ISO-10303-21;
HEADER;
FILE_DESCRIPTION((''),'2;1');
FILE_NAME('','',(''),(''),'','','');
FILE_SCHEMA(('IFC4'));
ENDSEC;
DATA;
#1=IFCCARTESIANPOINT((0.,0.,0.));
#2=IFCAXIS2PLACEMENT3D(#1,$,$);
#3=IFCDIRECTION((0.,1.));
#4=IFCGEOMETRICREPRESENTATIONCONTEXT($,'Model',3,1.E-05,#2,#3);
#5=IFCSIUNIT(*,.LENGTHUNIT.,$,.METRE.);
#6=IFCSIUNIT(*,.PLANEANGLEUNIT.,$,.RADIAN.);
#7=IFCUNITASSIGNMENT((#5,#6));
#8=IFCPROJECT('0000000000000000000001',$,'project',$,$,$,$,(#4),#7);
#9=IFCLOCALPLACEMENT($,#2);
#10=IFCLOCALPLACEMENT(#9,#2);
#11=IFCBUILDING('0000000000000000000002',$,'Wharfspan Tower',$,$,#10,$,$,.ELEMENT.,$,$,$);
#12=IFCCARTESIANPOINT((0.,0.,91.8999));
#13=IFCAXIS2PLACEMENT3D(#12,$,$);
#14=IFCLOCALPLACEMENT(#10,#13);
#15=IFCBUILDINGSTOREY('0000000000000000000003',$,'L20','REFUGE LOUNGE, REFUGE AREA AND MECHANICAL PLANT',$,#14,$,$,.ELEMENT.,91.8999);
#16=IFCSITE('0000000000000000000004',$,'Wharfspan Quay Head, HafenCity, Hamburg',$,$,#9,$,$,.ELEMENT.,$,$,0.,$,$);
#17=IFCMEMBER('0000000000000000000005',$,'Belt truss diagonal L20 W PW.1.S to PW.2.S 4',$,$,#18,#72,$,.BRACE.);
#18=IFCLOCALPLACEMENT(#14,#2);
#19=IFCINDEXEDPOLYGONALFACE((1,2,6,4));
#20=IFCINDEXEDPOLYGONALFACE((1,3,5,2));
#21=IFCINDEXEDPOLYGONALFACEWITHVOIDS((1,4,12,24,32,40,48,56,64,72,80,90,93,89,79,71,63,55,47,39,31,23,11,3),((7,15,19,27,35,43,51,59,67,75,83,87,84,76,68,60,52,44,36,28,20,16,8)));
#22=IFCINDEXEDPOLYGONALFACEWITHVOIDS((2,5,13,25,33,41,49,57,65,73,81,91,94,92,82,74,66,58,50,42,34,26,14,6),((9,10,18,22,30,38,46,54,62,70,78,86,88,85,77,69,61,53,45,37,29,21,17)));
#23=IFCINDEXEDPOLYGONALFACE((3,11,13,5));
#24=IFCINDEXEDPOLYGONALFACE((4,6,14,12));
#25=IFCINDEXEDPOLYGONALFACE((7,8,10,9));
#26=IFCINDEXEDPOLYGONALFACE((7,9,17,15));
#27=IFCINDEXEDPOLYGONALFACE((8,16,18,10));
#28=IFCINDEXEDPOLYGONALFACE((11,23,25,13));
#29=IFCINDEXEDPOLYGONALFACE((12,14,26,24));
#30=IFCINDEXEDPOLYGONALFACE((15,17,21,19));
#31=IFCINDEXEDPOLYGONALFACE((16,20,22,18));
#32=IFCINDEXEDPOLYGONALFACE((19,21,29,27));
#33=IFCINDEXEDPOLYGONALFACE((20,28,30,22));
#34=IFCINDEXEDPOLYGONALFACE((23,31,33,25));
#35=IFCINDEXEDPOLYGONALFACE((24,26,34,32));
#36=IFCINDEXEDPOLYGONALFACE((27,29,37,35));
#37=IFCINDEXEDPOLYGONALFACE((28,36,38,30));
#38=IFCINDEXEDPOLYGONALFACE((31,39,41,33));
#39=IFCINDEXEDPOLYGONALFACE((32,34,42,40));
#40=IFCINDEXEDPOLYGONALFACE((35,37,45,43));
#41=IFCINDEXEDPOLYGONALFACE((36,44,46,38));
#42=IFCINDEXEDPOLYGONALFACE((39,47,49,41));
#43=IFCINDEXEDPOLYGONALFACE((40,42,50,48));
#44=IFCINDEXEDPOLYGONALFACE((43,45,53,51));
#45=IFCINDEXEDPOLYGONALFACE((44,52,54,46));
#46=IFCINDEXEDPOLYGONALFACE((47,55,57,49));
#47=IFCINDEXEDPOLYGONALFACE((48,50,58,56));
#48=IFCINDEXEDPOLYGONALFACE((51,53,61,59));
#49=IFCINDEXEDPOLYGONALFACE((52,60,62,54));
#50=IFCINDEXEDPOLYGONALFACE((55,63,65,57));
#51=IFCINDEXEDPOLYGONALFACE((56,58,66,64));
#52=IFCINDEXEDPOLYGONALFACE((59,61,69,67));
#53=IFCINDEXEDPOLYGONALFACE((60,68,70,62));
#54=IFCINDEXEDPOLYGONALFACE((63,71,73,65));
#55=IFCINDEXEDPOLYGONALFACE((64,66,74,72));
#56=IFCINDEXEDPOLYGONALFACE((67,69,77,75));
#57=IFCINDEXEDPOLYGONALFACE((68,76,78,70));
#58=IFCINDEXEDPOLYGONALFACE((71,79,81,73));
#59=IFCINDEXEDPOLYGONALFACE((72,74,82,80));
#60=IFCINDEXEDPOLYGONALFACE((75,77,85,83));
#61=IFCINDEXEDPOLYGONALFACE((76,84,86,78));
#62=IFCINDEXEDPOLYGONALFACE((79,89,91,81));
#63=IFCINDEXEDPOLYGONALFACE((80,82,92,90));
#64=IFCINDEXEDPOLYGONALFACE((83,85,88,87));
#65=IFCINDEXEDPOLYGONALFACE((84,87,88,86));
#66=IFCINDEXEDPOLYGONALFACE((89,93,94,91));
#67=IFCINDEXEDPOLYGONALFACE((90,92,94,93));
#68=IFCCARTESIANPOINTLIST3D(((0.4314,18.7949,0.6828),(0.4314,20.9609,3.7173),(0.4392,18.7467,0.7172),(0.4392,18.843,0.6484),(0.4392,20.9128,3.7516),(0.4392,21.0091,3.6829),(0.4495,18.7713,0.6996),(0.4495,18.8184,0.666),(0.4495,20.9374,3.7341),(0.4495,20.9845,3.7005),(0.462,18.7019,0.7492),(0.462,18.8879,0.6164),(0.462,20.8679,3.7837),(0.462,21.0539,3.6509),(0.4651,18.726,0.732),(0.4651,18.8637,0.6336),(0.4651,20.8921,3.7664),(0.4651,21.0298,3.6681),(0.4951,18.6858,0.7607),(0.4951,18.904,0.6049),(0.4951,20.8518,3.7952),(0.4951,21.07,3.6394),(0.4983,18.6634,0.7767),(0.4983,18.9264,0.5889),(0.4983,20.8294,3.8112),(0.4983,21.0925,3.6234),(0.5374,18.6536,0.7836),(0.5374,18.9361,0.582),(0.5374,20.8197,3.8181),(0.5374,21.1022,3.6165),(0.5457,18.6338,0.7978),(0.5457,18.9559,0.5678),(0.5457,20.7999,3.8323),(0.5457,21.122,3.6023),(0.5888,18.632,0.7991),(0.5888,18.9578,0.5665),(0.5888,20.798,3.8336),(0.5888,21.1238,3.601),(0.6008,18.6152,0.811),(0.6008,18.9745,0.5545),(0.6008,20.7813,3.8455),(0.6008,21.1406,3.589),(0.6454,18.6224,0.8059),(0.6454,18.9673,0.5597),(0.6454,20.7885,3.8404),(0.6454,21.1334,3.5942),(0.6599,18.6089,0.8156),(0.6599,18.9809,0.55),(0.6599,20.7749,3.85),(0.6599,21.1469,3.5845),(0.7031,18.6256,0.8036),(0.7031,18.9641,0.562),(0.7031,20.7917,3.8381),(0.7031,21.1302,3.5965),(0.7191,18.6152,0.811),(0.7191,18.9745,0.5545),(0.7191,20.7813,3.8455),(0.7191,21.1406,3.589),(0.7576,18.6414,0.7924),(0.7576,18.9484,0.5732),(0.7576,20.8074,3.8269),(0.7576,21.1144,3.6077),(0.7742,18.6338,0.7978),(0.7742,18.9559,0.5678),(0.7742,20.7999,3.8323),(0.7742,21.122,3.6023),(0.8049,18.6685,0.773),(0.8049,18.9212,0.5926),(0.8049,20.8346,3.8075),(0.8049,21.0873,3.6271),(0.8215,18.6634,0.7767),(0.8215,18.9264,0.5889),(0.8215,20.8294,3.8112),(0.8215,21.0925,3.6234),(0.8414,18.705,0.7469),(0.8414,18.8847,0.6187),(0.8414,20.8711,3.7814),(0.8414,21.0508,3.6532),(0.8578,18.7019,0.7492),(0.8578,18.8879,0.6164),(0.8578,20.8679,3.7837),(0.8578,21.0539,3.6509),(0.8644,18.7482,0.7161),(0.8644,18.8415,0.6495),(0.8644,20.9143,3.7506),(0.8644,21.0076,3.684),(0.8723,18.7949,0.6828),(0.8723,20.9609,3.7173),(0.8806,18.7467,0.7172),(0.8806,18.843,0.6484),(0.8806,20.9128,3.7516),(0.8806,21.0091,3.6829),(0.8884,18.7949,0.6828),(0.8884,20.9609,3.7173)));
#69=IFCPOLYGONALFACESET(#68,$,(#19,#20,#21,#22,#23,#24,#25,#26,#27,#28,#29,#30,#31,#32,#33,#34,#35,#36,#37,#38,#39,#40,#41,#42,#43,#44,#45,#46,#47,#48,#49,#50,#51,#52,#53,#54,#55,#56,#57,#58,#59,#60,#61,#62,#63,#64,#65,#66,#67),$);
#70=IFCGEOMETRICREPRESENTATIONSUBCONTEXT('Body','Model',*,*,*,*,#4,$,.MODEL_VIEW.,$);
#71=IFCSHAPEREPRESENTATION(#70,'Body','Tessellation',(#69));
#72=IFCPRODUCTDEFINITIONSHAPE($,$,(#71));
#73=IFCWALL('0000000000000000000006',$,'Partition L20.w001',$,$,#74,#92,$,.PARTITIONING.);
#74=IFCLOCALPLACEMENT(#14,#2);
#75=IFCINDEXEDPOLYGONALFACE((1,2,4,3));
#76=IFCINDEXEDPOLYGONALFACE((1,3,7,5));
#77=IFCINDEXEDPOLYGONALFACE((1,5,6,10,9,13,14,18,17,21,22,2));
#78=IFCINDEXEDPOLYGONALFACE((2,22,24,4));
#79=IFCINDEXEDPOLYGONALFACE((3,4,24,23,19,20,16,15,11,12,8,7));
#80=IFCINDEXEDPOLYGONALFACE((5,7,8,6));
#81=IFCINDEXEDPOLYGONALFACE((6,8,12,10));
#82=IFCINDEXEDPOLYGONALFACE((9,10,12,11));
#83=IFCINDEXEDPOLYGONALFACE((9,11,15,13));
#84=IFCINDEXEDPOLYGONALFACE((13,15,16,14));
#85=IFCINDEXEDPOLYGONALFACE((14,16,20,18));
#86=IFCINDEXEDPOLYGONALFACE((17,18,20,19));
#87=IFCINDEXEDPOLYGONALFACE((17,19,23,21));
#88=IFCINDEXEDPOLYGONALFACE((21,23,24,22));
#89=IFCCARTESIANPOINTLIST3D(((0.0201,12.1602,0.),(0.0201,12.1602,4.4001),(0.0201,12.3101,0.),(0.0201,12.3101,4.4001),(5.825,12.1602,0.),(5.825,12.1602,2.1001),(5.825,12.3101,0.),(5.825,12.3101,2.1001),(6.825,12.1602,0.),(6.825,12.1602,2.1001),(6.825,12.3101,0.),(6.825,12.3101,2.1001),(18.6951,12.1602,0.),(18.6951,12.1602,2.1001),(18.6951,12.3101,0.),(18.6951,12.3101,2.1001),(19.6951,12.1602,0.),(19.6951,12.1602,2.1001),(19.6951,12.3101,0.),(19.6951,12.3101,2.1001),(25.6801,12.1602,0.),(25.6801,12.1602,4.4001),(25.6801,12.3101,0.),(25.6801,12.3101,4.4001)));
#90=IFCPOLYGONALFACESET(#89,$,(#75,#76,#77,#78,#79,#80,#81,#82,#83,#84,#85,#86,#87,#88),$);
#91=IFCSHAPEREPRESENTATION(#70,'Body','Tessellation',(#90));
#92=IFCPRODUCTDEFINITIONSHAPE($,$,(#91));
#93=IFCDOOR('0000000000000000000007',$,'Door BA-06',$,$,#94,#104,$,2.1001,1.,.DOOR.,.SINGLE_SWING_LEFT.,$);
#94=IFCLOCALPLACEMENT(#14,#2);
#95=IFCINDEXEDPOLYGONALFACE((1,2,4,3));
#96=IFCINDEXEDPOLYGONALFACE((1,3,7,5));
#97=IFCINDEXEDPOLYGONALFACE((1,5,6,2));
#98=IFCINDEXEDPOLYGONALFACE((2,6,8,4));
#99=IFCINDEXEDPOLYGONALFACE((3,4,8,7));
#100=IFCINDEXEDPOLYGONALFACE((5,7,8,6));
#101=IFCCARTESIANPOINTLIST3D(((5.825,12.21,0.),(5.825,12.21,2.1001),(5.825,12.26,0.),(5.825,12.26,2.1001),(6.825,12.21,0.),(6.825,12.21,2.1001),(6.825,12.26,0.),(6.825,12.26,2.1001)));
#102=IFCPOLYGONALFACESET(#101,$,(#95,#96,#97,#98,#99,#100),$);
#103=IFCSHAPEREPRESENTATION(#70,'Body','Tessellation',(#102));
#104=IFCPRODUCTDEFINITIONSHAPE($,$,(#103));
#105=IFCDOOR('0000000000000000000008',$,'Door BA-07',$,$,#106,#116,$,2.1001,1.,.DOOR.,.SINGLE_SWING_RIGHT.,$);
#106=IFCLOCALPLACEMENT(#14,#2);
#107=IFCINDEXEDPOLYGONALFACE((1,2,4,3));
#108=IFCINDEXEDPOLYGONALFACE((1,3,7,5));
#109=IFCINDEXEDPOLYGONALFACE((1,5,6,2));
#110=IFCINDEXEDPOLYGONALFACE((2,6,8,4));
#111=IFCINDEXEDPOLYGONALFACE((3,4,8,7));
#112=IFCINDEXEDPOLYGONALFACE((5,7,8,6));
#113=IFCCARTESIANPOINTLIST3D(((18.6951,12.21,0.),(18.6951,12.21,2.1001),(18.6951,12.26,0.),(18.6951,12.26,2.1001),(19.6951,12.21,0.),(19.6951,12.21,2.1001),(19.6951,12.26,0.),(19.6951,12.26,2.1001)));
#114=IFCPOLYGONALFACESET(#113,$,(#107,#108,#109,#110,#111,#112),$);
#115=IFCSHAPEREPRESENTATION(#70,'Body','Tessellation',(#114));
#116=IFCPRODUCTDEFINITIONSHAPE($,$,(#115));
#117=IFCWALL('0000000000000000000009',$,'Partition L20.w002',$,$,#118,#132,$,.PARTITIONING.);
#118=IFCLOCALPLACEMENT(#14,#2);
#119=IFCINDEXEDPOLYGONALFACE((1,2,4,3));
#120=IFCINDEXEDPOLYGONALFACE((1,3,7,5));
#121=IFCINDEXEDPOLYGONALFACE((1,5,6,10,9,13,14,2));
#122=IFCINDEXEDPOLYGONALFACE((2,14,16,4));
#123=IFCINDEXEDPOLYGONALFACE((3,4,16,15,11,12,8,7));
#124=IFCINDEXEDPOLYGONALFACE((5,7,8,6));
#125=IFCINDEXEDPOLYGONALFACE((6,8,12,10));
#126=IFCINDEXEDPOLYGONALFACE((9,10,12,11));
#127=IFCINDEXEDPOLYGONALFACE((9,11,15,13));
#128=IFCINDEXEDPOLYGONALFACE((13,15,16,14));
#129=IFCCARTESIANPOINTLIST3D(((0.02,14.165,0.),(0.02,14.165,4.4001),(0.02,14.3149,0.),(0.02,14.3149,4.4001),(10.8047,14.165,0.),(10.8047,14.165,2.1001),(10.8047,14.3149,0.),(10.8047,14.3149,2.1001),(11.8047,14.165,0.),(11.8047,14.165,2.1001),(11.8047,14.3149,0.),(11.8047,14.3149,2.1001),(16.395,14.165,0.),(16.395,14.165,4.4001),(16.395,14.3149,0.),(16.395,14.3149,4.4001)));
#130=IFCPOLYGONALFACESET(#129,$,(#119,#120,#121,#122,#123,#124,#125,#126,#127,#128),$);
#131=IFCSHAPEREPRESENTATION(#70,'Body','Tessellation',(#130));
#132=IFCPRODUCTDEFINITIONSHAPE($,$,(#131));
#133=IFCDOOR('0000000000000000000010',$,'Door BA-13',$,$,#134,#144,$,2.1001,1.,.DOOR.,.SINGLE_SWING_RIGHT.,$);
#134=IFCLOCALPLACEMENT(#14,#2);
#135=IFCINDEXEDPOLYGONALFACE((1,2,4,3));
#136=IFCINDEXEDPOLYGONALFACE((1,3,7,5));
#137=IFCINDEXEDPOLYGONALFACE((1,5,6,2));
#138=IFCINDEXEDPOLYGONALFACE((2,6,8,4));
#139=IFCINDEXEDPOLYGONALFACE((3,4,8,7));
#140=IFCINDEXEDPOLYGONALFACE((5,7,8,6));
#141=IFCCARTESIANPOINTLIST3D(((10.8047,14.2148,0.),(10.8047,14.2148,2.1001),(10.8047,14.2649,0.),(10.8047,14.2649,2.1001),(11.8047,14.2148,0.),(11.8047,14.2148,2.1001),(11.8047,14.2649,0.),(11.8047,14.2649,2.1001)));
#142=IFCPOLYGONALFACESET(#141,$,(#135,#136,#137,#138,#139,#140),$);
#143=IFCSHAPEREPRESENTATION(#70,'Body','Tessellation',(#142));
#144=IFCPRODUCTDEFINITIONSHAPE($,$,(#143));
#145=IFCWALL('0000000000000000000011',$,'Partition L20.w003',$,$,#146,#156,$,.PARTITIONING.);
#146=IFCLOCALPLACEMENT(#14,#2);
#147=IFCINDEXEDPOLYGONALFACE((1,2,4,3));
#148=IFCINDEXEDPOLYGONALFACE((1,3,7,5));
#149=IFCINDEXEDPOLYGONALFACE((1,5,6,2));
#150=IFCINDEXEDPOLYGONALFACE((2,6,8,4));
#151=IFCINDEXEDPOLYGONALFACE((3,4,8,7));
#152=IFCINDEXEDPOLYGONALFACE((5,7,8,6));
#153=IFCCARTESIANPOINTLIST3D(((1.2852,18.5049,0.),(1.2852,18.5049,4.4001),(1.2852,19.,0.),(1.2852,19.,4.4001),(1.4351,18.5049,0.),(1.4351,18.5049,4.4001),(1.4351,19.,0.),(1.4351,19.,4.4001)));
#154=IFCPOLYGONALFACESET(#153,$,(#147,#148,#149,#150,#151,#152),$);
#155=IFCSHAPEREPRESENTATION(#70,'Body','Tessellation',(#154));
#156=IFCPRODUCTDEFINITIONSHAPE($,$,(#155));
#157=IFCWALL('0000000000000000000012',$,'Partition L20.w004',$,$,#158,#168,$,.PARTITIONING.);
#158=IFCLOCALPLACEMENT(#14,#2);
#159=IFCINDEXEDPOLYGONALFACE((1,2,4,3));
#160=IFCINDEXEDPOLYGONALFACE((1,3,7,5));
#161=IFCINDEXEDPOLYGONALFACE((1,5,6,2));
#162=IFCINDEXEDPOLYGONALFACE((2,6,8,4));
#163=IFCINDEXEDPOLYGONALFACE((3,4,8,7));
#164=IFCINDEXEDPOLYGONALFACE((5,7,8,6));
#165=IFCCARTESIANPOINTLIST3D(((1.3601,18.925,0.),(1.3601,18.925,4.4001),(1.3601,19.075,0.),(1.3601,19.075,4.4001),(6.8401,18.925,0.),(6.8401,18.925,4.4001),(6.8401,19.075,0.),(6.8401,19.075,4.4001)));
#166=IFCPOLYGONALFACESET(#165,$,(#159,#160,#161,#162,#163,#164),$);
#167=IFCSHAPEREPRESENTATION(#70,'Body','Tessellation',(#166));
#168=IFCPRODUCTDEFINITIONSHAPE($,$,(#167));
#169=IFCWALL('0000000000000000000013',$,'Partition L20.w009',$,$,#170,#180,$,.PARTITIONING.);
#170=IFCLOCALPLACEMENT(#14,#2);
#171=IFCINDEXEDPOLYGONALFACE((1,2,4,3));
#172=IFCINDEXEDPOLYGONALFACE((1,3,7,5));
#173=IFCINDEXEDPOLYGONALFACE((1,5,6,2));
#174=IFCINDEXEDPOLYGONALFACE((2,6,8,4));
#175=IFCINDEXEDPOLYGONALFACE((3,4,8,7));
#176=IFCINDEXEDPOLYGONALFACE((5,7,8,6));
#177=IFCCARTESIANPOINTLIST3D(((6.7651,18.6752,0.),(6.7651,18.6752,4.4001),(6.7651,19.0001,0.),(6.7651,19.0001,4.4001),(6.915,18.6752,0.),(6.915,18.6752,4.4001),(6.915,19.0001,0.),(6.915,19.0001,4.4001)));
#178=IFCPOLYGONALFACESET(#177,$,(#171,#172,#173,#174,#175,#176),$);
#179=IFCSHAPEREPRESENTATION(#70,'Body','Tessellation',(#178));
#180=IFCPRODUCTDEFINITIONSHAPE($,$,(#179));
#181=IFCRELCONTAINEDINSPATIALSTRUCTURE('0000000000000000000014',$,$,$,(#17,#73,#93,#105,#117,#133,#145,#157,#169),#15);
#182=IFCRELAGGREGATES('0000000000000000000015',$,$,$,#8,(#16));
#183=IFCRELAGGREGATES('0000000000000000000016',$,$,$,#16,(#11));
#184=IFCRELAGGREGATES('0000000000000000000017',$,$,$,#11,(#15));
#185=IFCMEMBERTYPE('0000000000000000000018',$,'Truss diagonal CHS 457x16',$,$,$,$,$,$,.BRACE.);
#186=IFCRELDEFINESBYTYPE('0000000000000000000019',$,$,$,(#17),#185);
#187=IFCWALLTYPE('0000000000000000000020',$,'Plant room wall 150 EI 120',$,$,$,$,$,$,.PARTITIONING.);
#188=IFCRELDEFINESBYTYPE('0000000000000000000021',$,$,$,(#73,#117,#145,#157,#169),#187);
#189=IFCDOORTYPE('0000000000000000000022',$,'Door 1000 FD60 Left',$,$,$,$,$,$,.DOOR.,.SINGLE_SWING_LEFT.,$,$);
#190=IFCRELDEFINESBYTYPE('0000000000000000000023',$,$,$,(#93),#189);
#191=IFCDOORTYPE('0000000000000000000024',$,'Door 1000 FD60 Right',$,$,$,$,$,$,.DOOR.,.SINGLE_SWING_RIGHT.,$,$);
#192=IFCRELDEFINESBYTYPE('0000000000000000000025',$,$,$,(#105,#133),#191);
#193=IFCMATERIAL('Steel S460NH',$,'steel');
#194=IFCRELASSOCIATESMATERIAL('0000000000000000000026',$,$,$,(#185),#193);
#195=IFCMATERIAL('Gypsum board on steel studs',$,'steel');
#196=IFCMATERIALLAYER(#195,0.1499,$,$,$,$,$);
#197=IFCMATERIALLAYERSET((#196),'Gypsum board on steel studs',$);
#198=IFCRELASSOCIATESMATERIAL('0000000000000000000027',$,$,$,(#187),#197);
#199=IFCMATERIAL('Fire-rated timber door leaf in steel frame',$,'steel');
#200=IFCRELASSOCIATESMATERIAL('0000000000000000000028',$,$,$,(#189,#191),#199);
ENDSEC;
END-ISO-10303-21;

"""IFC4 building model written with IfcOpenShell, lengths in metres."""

from ifc_helpers import new_model, si_unit, direction, frame, frame_2d, origin, origin_2d, place, context, subcontext, project, spatial, rectangle, hollow_circle, extrude, material, layer, layer_set, material_profile, profile_set, type_object, element, fill, save


model = new_model("IFC4")

# Units and contexts
model_context = context("Model", 3, precision=1e-05, world=origin(), true_north=direction((0.0, 1.0)))
body_context = subcontext(model_context, "Body", "Model", "MODEL_VIEW")
ifc_project = project(units=[si_unit("LENGTHUNIT", "METRE"), si_unit("PLANEANGLEUNIT", "RADIAN")], contexts=[model_context])

# Site, building, storey
site_placement = place(None, origin())
site = spatial("IfcSite", under=ifc_project, at=site_placement, Name="Wharfspan Quay Head, HafenCity, Hamburg", CompositionType="ELEMENT", RefElevation=0.0)
building_placement = place(site_placement, origin())
building = spatial("IfcBuilding", under=site, at=building_placement, Name="Wharfspan Tower", CompositionType="ELEMENT")
storey_placement = place(building_placement, frame((0.0, 0.0, 91.8999)))
storey = spatial("IfcBuildingStorey", under=building, at=storey_placement, Name="L20", Description="REFUGE LOUNGE, REFUGE AREA AND MECHANICAL PLANT", CompositionType="ELEMENT", Elevation=91.8999)

# Member
ifc_material_1 = material(Name="Steel S460NH", Category="steel")
ifc_material_profile_1 = material_profile(ifc_material_1, hollow_circle(Radius=0.2285, WallThickness=0.0161, at=origin_2d()))
ifc_profile_set_1 = profile_set([ifc_material_profile_1], Name="Steel S460NH")
member_type_1 = type_object("IfcMemberType", Name="Truss diagonal CHS 457x16", PredefinedType="BRACE", material=ifc_profile_set_1)
for number, where, z_axis, x_axis, name in (
    (1, (0.6599, 20.9609, 3.7173), (0.0, -0.580984, -0.813915), (1.0, 0.0, 0.0), "Belt truss diagonal L20 W PW.1.S to PW.2.S 4"),
):
    element("IfcMember", number, at=place(storey_placement, frame(where, z_axis=z_axis, x_axis=x_axis)), inside=storey, type_object=member_type_1, Name=name, PredefinedType="BRACE", context=body_context, shape_type="SweptSolid", body=[
        extrude(hollow_circle(Radius=0.2285, WallThickness=0.0161, at=origin_2d()), origin(), (0.0, 0.0, 1.0), 3.7283),
    ])

# Wall, openings, doors
ifc_material_2 = material(Name="Gypsum board on steel studs", Category="steel")
ifc_layer_1 = layer(ifc_material_2, 0.1499)
ifc_layer_set_1 = layer_set([ifc_layer_1], Name="Gypsum board on steel studs")
wall_type_1 = type_object("IfcWallType", Name="Plant room wall 150 EI 120", PredefinedType="PARTITIONING", material=ifc_layer_set_1)
wall_1_placement = place(storey_placement, frame((0.02, 12.2351, 0.0), z_axis=(0.0, 0.0, 1.0), x_axis=(1.0, 0.0, 0.0)))
wall_1 = element("IfcWall", 2, at=wall_1_placement, inside=storey, type_object=wall_type_1, Name="Partition L20.w001", PredefinedType="PARTITIONING", context=body_context, shape_type="SweptSolid", body=[
    extrude(rectangle(XDim=25.6599, YDim=0.1499, at=frame_2d((12.8301, 0.0))), origin(), (0.0, 0.0, 1.0), 4.4001),
])
opening_1_placement = place(wall_1_placement, frame((5.8049, 0.0, 0.0)))
opening_1 = element("IfcOpeningElement", 3, at=opening_1_placement, cuts=wall_1, PredefinedType="OPENING", context=body_context, shape_type="SweptSolid", body=[
    extrude(rectangle(XDim=1.0, YDim=2.1001, at=frame_2d((0.5, 1.05))), frame((0.0, 0.085, 0.0), z_axis=(0.0, -1.0, 0.0), x_axis=(1.0, 0.0, 0.0)), (0.0, 0.0, 1.0), 0.1699),
])
opening_2_placement = place(wall_1_placement, frame((18.675, 0.0, 0.0)))
opening_2 = element("IfcOpeningElement", 4, at=opening_2_placement, cuts=wall_1, PredefinedType="OPENING", context=body_context, shape_type="SweptSolid", body=[
    extrude(rectangle(XDim=1.0, YDim=2.1001, at=frame_2d((0.5, 1.05))), frame((0.0, 0.085, 0.0), z_axis=(0.0, -1.0, 0.0), x_axis=(1.0, 0.0, 0.0)), (0.0, 0.0, 1.0), 0.1699),
])
ifc_material_3 = material(Name="Fire-rated timber door leaf in steel frame", Category="steel")
door_type_1 = type_object("IfcDoorType", Name="Door 1000 FD60 Left", OperationType="SINGLE_SWING_LEFT", PredefinedType="DOOR", material=ifc_material_3)
door_1_placement = place(opening_1_placement, origin())
door_1 = element("IfcDoor", 5, at=door_1_placement, inside=storey, type_object=door_type_1, Name="Door BA-06", OperationType="SINGLE_SWING_LEFT", OverallHeight=2.1001, OverallWidth=1.0, PredefinedType="DOOR", context=body_context, shape_type="SweptSolid", body=[
    extrude(rectangle(XDim=1.0, YDim=2.1001, at=frame_2d((0.5, 1.05))), frame((0.0, 0.0249, 0.0), z_axis=(0.0, -1.0, 0.0), x_axis=(1.0, 0.0, 0.0)), (0.0, 0.0, 1.0), 0.05),
])
fill(opening_1, door_1)
door_type_2 = type_object("IfcDoorType", Name="Door 1000 FD60 Right", OperationType="SINGLE_SWING_RIGHT", PredefinedType="DOOR", material=ifc_material_3)
door_2_placement = place(opening_2_placement, origin())
door_2 = element("IfcDoor", 6, at=door_2_placement, inside=storey, type_object=door_type_2, Name="Door BA-07", OperationType="SINGLE_SWING_RIGHT", OverallHeight=2.1001, OverallWidth=1.0, PredefinedType="DOOR", context=body_context, shape_type="SweptSolid", body=[
    extrude(rectangle(XDim=1.0, YDim=2.1001, at=frame_2d((0.5, 1.05))), frame((0.0, 0.0249, 0.0), z_axis=(0.0, -1.0, 0.0), x_axis=(1.0, 0.0, 0.0)), (0.0, 0.0, 1.0), 0.05),
])
fill(opening_2, door_2)

# Wall, opening, door
wall_2_placement = place(storey_placement, frame((0.02, 14.24, 0.0), z_axis=(0.0, 0.0, 1.0), x_axis=(1.0, 0.0, 0.0)))
wall_2 = element("IfcWall", 7, at=wall_2_placement, inside=storey, type_object=wall_type_1, Name="Partition L20.w002", PredefinedType="PARTITIONING", context=body_context, shape_type="SweptSolid", body=[
    extrude(rectangle(XDim=16.375, YDim=0.1499, at=frame_2d((8.1875, 0.0))), origin(), (0.0, 0.0, 1.0), 4.4001),
])
opening_3_placement = place(wall_2_placement, frame((10.7847, 0.0, 0.0)))
opening_3 = element("IfcOpeningElement", 8, at=opening_3_placement, cuts=wall_2, PredefinedType="OPENING", context=body_context, shape_type="SweptSolid", body=[
    extrude(rectangle(XDim=1.0, YDim=2.1001, at=frame_2d((0.5, 1.05))), frame((0.0, 0.085, 0.0), z_axis=(0.0, -1.0, 0.0), x_axis=(1.0, 0.0, 0.0)), (0.0, 0.0, 1.0), 0.1699),
])
door_3_placement = place(opening_3_placement, origin())
door_3 = element("IfcDoor", 9, at=door_3_placement, inside=storey, type_object=door_type_2, Name="Door BA-13", OperationType="SINGLE_SWING_RIGHT", OverallHeight=2.1001, OverallWidth=1.0, PredefinedType="DOOR", context=body_context, shape_type="SweptSolid", body=[
    extrude(rectangle(XDim=1.0, YDim=2.1001, at=frame_2d((0.5, 1.05))), frame((0.0, 0.0249, 0.0), z_axis=(0.0, -1.0, 0.0), x_axis=(1.0, 0.0, 0.0)), (0.0, 0.0, 1.0), 0.05),
])
fill(opening_3, door_3)

# Walls
wall_3_placement = place(storey_placement, frame((1.3601, 18.5049, 0.0), z_axis=(0.0, 0.0, 1.0), x_axis=(0.0, 1.0, 0.0)))
element("IfcWall", 10, at=wall_3_placement, inside=storey, type_object=wall_type_1, Name="Partition L20.w003", PredefinedType="PARTITIONING", context=body_context, shape_type="SweptSolid", body=[
    extrude(rectangle(XDim=0.4951, YDim=0.1499, at=frame_2d((0.2476, 0.0))), origin(), (0.0, 0.0, 1.0), 4.4001),
])
wall_4_placement = place(storey_placement, frame((1.3601, 19.0, 0.0), z_axis=(0.0, 0.0, 1.0), x_axis=(1.0, 0.0, 0.0)))
element("IfcWall", 11, at=wall_4_placement, inside=storey, type_object=wall_type_1, Name="Partition L20.w004", PredefinedType="PARTITIONING", context=body_context, shape_type="SweptSolid", body=[
    extrude(rectangle(XDim=5.48, YDim=0.1499, at=frame_2d((2.74, 0.0))), origin(), (0.0, 0.0, 1.0), 4.4001),
])
wall_5_placement = place(storey_placement, frame((6.8401, 18.675, 0.0), z_axis=(0.0, 0.0, 1.0), x_axis=(0.0, 1.0, 0.0)))
element("IfcWall", 12, at=wall_5_placement, inside=storey, type_object=wall_type_1, Name="Partition L20.w009", PredefinedType="PARTITIONING", context=body_context, shape_type="SweptSolid", body=[
    extrude(rectangle(XDim=0.325, YDim=0.1499, at=frame_2d((0.1626, 0.0))), origin(), (0.0, 0.0, 1.0), 4.4001),
])

save(model, "model.ifc")
